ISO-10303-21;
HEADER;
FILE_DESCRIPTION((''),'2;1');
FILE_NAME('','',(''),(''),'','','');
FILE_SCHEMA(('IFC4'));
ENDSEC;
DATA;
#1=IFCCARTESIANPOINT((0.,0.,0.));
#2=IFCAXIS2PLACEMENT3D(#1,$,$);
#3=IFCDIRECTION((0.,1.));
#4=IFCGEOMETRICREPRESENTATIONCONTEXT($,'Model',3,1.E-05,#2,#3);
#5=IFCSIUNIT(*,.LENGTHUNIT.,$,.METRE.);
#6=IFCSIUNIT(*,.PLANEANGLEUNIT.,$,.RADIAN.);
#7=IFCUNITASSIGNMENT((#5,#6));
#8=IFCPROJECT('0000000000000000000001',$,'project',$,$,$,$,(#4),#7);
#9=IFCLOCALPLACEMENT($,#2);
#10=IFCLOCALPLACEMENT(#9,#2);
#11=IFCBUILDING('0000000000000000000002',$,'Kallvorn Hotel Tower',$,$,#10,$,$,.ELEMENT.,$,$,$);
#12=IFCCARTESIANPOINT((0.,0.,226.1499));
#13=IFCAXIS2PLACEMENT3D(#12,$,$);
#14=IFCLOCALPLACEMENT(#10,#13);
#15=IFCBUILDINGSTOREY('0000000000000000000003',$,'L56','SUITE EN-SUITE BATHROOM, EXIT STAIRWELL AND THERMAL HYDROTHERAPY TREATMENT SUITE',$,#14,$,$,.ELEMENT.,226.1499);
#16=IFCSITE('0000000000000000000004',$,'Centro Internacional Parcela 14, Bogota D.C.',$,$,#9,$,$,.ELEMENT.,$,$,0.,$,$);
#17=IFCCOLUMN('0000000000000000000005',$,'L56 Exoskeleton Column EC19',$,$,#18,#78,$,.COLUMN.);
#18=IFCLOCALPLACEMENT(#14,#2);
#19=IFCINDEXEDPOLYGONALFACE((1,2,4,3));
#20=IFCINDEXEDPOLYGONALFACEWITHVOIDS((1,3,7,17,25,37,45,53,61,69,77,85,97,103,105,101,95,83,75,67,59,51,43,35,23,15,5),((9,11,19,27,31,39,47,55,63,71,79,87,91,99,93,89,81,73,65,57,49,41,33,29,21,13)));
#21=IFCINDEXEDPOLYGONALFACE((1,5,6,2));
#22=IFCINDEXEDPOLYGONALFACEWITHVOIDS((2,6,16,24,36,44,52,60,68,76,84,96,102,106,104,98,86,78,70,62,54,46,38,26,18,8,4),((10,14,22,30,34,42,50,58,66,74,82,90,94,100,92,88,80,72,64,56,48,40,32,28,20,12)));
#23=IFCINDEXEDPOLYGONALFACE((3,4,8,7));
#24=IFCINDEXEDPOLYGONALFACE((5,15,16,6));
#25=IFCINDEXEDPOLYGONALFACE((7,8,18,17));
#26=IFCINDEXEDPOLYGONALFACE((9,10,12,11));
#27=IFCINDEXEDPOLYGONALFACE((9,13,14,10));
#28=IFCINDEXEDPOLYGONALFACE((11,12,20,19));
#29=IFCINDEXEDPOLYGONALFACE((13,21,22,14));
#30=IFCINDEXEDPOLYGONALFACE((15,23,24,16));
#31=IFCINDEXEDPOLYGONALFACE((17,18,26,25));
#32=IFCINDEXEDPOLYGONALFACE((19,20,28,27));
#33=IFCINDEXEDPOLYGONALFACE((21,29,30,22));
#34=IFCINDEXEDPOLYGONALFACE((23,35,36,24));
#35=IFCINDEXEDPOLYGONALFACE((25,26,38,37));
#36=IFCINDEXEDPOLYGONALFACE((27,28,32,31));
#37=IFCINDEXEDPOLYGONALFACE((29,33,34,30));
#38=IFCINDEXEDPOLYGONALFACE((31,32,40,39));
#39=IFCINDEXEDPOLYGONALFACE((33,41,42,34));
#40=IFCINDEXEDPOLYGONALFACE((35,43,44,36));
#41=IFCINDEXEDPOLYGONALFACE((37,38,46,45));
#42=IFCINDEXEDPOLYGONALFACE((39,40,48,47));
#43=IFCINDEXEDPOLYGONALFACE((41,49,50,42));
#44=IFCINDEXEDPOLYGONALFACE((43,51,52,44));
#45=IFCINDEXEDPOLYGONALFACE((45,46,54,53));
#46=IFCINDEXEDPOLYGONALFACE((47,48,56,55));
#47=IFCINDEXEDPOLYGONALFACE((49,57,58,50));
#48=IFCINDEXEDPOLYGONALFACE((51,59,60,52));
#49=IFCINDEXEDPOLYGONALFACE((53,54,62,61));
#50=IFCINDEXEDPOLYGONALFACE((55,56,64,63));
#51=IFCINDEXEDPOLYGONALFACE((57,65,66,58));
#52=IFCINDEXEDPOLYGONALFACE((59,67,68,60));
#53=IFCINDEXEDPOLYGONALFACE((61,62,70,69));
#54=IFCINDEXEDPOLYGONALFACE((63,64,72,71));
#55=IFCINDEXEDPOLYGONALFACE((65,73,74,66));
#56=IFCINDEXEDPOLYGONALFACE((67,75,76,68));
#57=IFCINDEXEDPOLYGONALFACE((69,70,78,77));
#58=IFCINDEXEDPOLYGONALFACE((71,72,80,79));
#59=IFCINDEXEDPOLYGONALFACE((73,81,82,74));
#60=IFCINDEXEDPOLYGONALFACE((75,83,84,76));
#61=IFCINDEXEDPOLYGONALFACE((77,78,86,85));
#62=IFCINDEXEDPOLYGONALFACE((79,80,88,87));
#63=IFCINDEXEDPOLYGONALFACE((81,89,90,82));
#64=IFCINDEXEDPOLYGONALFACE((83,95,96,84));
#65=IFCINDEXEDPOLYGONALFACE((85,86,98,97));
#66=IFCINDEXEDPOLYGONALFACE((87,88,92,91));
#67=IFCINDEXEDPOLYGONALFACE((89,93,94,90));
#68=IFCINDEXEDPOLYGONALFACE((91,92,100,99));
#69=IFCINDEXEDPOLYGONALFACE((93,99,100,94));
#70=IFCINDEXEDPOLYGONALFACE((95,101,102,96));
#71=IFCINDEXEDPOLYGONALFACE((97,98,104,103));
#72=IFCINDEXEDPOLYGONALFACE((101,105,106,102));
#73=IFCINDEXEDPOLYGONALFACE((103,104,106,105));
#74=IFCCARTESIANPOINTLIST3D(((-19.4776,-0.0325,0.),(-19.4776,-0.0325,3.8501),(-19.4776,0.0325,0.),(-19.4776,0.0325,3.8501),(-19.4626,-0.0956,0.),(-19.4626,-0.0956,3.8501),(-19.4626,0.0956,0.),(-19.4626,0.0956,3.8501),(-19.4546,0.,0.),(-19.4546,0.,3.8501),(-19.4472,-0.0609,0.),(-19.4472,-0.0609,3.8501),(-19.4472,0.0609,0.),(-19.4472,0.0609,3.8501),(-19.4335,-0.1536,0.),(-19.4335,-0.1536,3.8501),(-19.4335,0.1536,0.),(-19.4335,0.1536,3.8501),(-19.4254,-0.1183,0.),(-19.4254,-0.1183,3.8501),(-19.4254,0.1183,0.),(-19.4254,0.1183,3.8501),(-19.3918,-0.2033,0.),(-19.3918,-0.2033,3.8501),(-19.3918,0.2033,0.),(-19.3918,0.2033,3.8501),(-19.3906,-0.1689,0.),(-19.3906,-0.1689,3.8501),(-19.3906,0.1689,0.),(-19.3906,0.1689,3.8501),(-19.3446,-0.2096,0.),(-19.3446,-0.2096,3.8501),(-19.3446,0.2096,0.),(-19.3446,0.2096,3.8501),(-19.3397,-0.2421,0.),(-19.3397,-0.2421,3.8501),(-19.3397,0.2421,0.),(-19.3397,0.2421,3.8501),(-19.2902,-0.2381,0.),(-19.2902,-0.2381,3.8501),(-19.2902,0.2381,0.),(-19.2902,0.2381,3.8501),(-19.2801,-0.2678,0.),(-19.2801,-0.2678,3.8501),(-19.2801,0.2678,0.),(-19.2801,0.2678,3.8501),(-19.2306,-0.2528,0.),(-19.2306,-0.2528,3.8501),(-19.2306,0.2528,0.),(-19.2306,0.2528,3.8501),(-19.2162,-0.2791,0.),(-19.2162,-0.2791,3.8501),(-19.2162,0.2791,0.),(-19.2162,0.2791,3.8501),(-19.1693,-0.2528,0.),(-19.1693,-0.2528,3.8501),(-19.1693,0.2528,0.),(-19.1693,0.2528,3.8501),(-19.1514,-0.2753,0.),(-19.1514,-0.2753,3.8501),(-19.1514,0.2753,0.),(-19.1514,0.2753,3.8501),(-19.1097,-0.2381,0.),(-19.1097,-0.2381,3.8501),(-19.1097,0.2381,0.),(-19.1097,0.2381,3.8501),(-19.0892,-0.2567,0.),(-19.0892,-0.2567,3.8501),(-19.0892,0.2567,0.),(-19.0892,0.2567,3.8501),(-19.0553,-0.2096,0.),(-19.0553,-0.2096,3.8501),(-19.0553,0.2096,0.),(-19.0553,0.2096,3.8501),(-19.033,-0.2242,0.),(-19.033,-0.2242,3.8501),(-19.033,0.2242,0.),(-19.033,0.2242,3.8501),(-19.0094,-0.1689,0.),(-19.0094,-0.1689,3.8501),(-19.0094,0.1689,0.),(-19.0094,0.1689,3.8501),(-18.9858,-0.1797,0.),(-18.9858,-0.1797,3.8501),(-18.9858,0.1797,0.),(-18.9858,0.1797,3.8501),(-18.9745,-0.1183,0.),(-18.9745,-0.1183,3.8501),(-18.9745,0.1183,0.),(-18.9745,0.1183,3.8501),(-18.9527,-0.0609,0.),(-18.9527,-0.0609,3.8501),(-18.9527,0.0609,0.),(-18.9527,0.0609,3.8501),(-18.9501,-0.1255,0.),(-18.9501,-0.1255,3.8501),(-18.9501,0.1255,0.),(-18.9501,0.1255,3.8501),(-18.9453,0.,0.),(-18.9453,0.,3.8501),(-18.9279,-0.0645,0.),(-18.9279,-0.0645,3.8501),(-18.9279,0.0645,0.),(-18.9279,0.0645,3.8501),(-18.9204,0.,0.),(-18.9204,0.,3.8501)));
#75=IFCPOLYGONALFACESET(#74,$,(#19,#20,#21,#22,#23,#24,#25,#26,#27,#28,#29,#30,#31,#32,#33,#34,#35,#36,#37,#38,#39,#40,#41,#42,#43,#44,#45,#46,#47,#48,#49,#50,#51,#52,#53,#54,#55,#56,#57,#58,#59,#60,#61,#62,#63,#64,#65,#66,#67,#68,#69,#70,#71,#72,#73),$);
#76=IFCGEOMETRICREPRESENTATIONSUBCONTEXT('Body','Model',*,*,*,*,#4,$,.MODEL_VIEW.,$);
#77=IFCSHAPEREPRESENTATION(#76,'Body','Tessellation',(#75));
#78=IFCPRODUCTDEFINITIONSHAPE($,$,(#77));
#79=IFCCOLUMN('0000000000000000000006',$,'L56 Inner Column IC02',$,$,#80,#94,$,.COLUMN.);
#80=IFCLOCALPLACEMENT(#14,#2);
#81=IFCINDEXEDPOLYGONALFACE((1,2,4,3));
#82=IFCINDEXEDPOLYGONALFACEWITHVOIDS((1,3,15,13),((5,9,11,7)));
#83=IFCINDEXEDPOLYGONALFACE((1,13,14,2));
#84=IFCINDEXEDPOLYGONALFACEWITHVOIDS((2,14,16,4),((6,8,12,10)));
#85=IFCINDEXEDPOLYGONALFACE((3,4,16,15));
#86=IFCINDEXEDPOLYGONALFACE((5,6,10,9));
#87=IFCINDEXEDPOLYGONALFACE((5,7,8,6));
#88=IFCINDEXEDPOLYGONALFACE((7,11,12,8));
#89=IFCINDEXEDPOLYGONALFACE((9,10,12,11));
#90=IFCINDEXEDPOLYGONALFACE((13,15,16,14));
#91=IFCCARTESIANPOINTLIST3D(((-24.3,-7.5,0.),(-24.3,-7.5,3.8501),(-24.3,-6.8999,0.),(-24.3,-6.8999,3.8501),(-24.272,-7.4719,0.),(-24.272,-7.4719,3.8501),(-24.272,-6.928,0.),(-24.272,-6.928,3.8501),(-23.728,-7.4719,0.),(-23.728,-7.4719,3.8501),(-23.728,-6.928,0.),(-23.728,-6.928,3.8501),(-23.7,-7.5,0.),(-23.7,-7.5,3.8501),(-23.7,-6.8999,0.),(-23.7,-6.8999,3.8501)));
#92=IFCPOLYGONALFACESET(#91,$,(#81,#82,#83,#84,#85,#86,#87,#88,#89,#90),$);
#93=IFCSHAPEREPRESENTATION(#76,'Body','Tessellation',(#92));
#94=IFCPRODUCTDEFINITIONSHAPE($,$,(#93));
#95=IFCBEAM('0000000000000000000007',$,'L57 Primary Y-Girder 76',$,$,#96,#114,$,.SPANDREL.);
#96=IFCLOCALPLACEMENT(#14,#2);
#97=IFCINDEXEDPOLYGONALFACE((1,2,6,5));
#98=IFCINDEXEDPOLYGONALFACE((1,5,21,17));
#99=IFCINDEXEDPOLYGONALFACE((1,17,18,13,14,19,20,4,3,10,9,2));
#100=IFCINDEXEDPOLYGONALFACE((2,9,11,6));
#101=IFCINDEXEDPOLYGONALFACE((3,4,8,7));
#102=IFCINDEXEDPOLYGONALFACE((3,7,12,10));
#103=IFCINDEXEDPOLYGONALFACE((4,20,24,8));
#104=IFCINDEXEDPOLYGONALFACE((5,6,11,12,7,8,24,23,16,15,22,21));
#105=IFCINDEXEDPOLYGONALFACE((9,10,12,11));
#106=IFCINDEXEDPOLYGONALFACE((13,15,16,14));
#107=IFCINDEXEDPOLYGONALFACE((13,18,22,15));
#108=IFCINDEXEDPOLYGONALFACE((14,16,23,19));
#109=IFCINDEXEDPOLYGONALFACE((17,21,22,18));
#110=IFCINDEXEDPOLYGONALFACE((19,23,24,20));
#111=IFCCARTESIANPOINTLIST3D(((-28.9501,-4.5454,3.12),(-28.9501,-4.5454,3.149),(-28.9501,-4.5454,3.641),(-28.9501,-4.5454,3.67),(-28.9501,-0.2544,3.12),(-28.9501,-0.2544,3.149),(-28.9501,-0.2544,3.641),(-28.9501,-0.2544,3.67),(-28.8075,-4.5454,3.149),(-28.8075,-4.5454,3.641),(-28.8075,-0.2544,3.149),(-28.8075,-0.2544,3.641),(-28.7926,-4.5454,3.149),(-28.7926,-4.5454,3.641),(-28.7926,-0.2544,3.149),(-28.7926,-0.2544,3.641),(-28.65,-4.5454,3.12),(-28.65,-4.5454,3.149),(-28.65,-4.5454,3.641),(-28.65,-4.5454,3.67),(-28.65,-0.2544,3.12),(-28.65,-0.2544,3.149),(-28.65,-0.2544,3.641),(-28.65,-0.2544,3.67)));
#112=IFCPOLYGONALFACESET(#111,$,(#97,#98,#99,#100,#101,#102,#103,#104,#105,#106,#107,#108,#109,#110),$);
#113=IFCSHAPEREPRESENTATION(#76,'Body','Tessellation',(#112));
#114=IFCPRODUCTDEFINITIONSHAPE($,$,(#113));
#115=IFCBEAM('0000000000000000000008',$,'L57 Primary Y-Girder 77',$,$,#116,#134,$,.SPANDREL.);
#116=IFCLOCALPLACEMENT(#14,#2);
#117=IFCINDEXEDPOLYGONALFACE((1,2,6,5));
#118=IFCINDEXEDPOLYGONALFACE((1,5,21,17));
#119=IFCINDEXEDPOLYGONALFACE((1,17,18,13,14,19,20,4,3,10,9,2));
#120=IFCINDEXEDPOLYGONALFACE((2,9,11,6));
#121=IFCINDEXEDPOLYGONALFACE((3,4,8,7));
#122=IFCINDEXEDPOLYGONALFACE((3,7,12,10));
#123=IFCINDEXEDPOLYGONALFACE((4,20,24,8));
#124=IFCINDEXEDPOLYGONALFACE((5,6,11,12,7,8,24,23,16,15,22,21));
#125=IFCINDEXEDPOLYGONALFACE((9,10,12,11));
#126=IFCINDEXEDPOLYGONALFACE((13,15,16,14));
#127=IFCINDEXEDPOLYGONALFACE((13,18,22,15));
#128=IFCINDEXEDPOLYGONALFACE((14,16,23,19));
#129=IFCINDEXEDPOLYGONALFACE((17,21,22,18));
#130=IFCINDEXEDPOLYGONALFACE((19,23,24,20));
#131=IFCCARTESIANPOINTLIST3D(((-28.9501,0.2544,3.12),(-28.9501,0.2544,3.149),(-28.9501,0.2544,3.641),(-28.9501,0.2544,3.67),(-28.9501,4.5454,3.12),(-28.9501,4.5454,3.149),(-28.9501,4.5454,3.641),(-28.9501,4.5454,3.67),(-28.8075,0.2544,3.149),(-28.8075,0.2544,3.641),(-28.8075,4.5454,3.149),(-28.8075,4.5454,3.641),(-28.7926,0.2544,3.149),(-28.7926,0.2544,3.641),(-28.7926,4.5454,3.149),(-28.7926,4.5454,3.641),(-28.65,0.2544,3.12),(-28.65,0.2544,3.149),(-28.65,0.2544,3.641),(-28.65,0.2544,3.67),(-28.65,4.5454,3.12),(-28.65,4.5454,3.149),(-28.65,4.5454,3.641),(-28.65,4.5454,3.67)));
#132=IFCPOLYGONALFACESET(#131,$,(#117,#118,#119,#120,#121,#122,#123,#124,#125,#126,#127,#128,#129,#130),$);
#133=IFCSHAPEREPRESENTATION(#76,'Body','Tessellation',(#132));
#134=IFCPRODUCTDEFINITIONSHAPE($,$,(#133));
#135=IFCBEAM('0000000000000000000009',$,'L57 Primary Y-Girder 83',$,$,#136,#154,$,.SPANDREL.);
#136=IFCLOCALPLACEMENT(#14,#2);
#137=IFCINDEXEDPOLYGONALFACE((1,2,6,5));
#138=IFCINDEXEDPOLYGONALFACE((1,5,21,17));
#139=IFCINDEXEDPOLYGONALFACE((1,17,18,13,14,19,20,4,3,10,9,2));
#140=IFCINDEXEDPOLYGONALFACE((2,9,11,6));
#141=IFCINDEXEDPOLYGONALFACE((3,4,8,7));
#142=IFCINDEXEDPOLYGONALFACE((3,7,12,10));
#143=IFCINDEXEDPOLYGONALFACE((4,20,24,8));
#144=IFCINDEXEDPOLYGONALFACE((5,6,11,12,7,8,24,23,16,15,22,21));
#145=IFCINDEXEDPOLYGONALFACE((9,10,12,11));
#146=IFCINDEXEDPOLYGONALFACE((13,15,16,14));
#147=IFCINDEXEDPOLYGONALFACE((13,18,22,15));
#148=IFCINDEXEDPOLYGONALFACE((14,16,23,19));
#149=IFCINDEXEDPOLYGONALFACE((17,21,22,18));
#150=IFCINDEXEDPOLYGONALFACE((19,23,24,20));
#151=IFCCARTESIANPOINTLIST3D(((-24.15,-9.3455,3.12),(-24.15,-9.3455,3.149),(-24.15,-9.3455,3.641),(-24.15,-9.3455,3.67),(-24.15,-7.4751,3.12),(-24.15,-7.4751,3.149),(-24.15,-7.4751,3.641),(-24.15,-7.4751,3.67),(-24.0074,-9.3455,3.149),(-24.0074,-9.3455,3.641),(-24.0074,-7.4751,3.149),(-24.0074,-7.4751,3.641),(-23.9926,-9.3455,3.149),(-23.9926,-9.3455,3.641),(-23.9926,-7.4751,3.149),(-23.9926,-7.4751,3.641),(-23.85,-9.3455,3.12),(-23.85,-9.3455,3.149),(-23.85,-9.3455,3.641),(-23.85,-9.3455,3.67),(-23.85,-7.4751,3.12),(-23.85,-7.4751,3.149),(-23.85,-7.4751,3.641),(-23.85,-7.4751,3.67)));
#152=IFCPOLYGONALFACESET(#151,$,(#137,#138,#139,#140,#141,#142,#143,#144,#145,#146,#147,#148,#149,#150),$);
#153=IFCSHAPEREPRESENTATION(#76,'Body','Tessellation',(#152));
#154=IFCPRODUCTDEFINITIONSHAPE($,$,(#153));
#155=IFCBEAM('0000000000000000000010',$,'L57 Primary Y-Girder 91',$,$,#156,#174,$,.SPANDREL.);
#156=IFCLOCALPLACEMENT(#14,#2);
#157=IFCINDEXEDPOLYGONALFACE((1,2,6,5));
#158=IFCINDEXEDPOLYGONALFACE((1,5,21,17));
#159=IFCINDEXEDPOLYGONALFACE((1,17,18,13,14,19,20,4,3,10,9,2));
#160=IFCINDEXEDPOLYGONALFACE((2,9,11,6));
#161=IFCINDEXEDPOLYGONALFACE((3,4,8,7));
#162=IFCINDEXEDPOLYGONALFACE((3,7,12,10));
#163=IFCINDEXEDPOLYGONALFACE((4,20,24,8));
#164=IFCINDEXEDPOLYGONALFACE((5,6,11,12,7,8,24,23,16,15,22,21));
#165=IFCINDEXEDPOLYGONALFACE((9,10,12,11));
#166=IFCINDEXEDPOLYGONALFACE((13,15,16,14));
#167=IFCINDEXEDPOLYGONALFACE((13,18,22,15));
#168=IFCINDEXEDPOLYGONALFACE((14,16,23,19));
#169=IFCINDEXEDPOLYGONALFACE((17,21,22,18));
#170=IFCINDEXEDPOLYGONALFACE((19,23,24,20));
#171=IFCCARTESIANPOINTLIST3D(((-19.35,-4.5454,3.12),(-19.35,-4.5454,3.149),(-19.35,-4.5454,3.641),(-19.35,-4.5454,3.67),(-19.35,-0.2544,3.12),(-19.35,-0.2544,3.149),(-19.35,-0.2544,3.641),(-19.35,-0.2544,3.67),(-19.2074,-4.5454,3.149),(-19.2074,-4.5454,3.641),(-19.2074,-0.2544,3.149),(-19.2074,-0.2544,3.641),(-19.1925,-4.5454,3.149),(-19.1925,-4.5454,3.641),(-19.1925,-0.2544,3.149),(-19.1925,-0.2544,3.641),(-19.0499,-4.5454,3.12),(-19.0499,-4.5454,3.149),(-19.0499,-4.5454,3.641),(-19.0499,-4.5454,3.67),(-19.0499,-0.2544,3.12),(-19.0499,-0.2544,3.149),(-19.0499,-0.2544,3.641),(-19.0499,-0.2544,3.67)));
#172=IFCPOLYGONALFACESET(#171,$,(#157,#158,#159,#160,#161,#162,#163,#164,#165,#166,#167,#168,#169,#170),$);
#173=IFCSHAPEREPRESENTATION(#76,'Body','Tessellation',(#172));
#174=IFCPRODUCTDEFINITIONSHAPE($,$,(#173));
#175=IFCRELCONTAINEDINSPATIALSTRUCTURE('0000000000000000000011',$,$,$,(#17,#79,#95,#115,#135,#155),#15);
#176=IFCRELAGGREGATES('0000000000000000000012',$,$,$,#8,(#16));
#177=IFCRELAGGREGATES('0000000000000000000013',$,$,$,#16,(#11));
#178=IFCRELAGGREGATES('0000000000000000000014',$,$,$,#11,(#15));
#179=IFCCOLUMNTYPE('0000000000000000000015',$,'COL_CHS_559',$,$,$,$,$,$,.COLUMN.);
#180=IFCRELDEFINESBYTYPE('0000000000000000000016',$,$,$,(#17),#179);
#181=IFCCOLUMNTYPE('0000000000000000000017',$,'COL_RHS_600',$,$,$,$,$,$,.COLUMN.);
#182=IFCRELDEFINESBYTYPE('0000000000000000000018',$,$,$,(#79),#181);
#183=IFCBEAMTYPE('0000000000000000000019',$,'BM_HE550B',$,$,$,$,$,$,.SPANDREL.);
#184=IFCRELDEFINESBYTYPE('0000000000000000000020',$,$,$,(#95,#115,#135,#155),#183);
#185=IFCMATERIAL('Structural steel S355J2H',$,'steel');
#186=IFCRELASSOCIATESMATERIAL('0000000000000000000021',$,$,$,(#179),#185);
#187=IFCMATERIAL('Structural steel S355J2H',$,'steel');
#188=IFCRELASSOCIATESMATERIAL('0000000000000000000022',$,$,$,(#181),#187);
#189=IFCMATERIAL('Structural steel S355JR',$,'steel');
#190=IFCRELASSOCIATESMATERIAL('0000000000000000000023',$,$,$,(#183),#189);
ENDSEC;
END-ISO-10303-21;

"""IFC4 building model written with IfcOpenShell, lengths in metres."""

from ifc_helpers import new_model, si_unit, direction, frame, origin, origin_2d, place, context, subcontext, project, spatial, hollow_rectangle, hollow_circle, i_section, extrude, material, material_profile, profile_set, type_object, element, save


model = new_model("IFC4")

# Units and contexts
model_context = context("Model", 3, precision=1e-05, world=origin(), true_north=direction((0.0, 1.0)))
body_context = subcontext(model_context, "Body", "Model", "MODEL_VIEW")
ifc_project = project(units=[si_unit("LENGTHUNIT", "METRE"), si_unit("PLANEANGLEUNIT", "RADIAN")], contexts=[model_context])

# Site, building, storey
site_placement = place(None, origin())
site = spatial("IfcSite", under=ifc_project, at=site_placement, Name="Centro Internacional Parcela 14, Bogota D.C.", CompositionType="ELEMENT", RefElevation=0.0)
building_placement = place(site_placement, origin())
building = spatial("IfcBuilding", under=site, at=building_placement, Name="Kallvorn Hotel Tower", CompositionType="ELEMENT")
storey_placement = place(building_placement, frame((0.0, 0.0, 226.1499)))
storey = spatial("IfcBuildingStorey", under=building, at=storey_placement, Name="L56", Description="SUITE EN-SUITE BATHROOM, EXIT STAIRWELL AND THERMAL HYDROTHERAPY TREATMENT SUITE", CompositionType="ELEMENT", Elevation=226.1499)

# Columns
ifc_material_1 = material(Name="Structural steel S355J2H", Category="steel")
ifc_material_profile_1 = material_profile(ifc_material_1, hollow_circle(Radius=0.2795, WallThickness=0.0249, at=origin_2d()), Name="CHS 559x25")
ifc_profile_set_1 = profile_set([ifc_material_profile_1], Name="Structural steel S355J2H")
column_type_1 = type_object("IfcColumnType", Name="COL_CHS_559", PredefinedType="COLUMN", material=ifc_profile_set_1)
for number, where, z_axis, x_axis, name in (
    (1, (-19.2, 0.0, 0.0), (0.0, 0.0, 1.0), (1.0, 0.0, 0.0), "L56 Exoskeleton Column EC19"),
):
    element("IfcColumn", number, at=place(storey_placement, frame(where, z_axis=z_axis, x_axis=x_axis)), inside=storey, type_object=column_type_1, Name=name, PredefinedType="COLUMN", context=body_context, shape_type="SweptSolid", body=[
        extrude(hollow_circle(Radius=0.2795, WallThickness=0.0249, at=origin_2d()), origin(), (0.0, 0.0, 1.0), 3.8501),
    ])
ifc_material_2 = material(Name="Structural steel S355J2H", Category="steel")
ifc_material_profile_2 = material_profile(ifc_material_2, hollow_rectangle(XDim=0.6001, YDim=0.6001, WallThickness=0.0281, at=origin_2d()), Name="RHS 600x600x28")
ifc_profile_set_2 = profile_set([ifc_material_profile_2], Name="Structural steel S355J2H")
column_type_2 = type_object("IfcColumnType", Name="COL_RHS_600", PredefinedType="COLUMN", material=ifc_profile_set_2)
column_placement = place(storey_placement, frame((-24.0, -7.2, 0.0), z_axis=(0.0, 0.0, 1.0), x_axis=(1.0, 0.0, 0.0)))
element("IfcColumn", 2, at=column_placement, inside=storey, type_object=column_type_2, Name="L56 Inner Column IC02", PredefinedType="COLUMN", context=body_context, shape_type="SweptSolid", body=[
    extrude(hollow_rectangle(XDim=0.6001, YDim=0.6001, WallThickness=0.0281, at=origin_2d()), origin(), (0.0, 0.0, 1.0), 3.8501),
])

# Beams
ifc_material_3 = material(Name="Structural steel S355JR", Category="steel")
ifc_material_profile_3 = material_profile(ifc_material_3, i_section(OverallWidth=0.3, OverallDepth=0.55, WebThickness=0.0149, FlangeThickness=0.0291, at=origin_2d()), Name="HE 550 B")
ifc_profile_set_3 = profile_set([ifc_material_profile_3], Name="Structural steel S355JR")
beam_type_1 = type_object("IfcBeamType", Name="BM_HE550B", PredefinedType="SPANDREL", material=ifc_profile_set_3)
for number, where, z_axis, x_axis, name in (
    (3, (-28.8, -4.5454, 3.395), (0.0, 1.0, 0.0), (-1.0, 0.0, 0.0), "L57 Primary Y-Girder 76"),
    (4, (-28.8, 0.2544, 3.395), (0.0, 1.0, 0.0), (-1.0, 0.0, 0.0), "L57 Primary Y-Girder 77"),
):
    element("IfcBeam", number, at=place(storey_placement, frame(where, z_axis=z_axis, x_axis=x_axis)), inside=storey, type_object=beam_type_1, Name=name, PredefinedType="SPANDREL", context=body_context, shape_type="SweptSolid", body=[
        extrude(i_section(OverallWidth=0.3, OverallDepth=0.55, WebThickness=0.0149, FlangeThickness=0.0291, at=origin_2d()), origin(), (0.0, 0.0, 1.0), 4.291),
    ])
beam_1_placement = place(storey_placement, frame((-24.0, -9.3455, 3.395), z_axis=(0.0, 1.0, 0.0), x_axis=(-1.0, 0.0, 0.0)))
element("IfcBeam", 5, at=beam_1_placement, inside=storey, type_object=beam_type_1, Name="L57 Primary Y-Girder 83", PredefinedType="SPANDREL", context=body_context, shape_type="SweptSolid", body=[
    extrude(i_section(OverallWidth=0.3, OverallDepth=0.55, WebThickness=0.0149, FlangeThickness=0.0291, at=origin_2d()), origin(), (0.0, 0.0, 1.0), 1.8704),
])
beam_2_placement = place(storey_placement, frame((-19.2, -4.5454, 3.395), z_axis=(0.0, 1.0, 0.0), x_axis=(-1.0, 0.0, 0.0)))
element("IfcBeam", 6, at=beam_2_placement, inside=storey, type_object=beam_type_1, Name="L57 Primary Y-Girder 91", PredefinedType="SPANDREL", context=body_context, shape_type="SweptSolid", body=[
    extrude(i_section(OverallWidth=0.3, OverallDepth=0.55, WebThickness=0.0149, FlangeThickness=0.0291, at=origin_2d()), origin(), (0.0, 0.0, 1.0), 4.291),
])

save(model, "model.ifc")
